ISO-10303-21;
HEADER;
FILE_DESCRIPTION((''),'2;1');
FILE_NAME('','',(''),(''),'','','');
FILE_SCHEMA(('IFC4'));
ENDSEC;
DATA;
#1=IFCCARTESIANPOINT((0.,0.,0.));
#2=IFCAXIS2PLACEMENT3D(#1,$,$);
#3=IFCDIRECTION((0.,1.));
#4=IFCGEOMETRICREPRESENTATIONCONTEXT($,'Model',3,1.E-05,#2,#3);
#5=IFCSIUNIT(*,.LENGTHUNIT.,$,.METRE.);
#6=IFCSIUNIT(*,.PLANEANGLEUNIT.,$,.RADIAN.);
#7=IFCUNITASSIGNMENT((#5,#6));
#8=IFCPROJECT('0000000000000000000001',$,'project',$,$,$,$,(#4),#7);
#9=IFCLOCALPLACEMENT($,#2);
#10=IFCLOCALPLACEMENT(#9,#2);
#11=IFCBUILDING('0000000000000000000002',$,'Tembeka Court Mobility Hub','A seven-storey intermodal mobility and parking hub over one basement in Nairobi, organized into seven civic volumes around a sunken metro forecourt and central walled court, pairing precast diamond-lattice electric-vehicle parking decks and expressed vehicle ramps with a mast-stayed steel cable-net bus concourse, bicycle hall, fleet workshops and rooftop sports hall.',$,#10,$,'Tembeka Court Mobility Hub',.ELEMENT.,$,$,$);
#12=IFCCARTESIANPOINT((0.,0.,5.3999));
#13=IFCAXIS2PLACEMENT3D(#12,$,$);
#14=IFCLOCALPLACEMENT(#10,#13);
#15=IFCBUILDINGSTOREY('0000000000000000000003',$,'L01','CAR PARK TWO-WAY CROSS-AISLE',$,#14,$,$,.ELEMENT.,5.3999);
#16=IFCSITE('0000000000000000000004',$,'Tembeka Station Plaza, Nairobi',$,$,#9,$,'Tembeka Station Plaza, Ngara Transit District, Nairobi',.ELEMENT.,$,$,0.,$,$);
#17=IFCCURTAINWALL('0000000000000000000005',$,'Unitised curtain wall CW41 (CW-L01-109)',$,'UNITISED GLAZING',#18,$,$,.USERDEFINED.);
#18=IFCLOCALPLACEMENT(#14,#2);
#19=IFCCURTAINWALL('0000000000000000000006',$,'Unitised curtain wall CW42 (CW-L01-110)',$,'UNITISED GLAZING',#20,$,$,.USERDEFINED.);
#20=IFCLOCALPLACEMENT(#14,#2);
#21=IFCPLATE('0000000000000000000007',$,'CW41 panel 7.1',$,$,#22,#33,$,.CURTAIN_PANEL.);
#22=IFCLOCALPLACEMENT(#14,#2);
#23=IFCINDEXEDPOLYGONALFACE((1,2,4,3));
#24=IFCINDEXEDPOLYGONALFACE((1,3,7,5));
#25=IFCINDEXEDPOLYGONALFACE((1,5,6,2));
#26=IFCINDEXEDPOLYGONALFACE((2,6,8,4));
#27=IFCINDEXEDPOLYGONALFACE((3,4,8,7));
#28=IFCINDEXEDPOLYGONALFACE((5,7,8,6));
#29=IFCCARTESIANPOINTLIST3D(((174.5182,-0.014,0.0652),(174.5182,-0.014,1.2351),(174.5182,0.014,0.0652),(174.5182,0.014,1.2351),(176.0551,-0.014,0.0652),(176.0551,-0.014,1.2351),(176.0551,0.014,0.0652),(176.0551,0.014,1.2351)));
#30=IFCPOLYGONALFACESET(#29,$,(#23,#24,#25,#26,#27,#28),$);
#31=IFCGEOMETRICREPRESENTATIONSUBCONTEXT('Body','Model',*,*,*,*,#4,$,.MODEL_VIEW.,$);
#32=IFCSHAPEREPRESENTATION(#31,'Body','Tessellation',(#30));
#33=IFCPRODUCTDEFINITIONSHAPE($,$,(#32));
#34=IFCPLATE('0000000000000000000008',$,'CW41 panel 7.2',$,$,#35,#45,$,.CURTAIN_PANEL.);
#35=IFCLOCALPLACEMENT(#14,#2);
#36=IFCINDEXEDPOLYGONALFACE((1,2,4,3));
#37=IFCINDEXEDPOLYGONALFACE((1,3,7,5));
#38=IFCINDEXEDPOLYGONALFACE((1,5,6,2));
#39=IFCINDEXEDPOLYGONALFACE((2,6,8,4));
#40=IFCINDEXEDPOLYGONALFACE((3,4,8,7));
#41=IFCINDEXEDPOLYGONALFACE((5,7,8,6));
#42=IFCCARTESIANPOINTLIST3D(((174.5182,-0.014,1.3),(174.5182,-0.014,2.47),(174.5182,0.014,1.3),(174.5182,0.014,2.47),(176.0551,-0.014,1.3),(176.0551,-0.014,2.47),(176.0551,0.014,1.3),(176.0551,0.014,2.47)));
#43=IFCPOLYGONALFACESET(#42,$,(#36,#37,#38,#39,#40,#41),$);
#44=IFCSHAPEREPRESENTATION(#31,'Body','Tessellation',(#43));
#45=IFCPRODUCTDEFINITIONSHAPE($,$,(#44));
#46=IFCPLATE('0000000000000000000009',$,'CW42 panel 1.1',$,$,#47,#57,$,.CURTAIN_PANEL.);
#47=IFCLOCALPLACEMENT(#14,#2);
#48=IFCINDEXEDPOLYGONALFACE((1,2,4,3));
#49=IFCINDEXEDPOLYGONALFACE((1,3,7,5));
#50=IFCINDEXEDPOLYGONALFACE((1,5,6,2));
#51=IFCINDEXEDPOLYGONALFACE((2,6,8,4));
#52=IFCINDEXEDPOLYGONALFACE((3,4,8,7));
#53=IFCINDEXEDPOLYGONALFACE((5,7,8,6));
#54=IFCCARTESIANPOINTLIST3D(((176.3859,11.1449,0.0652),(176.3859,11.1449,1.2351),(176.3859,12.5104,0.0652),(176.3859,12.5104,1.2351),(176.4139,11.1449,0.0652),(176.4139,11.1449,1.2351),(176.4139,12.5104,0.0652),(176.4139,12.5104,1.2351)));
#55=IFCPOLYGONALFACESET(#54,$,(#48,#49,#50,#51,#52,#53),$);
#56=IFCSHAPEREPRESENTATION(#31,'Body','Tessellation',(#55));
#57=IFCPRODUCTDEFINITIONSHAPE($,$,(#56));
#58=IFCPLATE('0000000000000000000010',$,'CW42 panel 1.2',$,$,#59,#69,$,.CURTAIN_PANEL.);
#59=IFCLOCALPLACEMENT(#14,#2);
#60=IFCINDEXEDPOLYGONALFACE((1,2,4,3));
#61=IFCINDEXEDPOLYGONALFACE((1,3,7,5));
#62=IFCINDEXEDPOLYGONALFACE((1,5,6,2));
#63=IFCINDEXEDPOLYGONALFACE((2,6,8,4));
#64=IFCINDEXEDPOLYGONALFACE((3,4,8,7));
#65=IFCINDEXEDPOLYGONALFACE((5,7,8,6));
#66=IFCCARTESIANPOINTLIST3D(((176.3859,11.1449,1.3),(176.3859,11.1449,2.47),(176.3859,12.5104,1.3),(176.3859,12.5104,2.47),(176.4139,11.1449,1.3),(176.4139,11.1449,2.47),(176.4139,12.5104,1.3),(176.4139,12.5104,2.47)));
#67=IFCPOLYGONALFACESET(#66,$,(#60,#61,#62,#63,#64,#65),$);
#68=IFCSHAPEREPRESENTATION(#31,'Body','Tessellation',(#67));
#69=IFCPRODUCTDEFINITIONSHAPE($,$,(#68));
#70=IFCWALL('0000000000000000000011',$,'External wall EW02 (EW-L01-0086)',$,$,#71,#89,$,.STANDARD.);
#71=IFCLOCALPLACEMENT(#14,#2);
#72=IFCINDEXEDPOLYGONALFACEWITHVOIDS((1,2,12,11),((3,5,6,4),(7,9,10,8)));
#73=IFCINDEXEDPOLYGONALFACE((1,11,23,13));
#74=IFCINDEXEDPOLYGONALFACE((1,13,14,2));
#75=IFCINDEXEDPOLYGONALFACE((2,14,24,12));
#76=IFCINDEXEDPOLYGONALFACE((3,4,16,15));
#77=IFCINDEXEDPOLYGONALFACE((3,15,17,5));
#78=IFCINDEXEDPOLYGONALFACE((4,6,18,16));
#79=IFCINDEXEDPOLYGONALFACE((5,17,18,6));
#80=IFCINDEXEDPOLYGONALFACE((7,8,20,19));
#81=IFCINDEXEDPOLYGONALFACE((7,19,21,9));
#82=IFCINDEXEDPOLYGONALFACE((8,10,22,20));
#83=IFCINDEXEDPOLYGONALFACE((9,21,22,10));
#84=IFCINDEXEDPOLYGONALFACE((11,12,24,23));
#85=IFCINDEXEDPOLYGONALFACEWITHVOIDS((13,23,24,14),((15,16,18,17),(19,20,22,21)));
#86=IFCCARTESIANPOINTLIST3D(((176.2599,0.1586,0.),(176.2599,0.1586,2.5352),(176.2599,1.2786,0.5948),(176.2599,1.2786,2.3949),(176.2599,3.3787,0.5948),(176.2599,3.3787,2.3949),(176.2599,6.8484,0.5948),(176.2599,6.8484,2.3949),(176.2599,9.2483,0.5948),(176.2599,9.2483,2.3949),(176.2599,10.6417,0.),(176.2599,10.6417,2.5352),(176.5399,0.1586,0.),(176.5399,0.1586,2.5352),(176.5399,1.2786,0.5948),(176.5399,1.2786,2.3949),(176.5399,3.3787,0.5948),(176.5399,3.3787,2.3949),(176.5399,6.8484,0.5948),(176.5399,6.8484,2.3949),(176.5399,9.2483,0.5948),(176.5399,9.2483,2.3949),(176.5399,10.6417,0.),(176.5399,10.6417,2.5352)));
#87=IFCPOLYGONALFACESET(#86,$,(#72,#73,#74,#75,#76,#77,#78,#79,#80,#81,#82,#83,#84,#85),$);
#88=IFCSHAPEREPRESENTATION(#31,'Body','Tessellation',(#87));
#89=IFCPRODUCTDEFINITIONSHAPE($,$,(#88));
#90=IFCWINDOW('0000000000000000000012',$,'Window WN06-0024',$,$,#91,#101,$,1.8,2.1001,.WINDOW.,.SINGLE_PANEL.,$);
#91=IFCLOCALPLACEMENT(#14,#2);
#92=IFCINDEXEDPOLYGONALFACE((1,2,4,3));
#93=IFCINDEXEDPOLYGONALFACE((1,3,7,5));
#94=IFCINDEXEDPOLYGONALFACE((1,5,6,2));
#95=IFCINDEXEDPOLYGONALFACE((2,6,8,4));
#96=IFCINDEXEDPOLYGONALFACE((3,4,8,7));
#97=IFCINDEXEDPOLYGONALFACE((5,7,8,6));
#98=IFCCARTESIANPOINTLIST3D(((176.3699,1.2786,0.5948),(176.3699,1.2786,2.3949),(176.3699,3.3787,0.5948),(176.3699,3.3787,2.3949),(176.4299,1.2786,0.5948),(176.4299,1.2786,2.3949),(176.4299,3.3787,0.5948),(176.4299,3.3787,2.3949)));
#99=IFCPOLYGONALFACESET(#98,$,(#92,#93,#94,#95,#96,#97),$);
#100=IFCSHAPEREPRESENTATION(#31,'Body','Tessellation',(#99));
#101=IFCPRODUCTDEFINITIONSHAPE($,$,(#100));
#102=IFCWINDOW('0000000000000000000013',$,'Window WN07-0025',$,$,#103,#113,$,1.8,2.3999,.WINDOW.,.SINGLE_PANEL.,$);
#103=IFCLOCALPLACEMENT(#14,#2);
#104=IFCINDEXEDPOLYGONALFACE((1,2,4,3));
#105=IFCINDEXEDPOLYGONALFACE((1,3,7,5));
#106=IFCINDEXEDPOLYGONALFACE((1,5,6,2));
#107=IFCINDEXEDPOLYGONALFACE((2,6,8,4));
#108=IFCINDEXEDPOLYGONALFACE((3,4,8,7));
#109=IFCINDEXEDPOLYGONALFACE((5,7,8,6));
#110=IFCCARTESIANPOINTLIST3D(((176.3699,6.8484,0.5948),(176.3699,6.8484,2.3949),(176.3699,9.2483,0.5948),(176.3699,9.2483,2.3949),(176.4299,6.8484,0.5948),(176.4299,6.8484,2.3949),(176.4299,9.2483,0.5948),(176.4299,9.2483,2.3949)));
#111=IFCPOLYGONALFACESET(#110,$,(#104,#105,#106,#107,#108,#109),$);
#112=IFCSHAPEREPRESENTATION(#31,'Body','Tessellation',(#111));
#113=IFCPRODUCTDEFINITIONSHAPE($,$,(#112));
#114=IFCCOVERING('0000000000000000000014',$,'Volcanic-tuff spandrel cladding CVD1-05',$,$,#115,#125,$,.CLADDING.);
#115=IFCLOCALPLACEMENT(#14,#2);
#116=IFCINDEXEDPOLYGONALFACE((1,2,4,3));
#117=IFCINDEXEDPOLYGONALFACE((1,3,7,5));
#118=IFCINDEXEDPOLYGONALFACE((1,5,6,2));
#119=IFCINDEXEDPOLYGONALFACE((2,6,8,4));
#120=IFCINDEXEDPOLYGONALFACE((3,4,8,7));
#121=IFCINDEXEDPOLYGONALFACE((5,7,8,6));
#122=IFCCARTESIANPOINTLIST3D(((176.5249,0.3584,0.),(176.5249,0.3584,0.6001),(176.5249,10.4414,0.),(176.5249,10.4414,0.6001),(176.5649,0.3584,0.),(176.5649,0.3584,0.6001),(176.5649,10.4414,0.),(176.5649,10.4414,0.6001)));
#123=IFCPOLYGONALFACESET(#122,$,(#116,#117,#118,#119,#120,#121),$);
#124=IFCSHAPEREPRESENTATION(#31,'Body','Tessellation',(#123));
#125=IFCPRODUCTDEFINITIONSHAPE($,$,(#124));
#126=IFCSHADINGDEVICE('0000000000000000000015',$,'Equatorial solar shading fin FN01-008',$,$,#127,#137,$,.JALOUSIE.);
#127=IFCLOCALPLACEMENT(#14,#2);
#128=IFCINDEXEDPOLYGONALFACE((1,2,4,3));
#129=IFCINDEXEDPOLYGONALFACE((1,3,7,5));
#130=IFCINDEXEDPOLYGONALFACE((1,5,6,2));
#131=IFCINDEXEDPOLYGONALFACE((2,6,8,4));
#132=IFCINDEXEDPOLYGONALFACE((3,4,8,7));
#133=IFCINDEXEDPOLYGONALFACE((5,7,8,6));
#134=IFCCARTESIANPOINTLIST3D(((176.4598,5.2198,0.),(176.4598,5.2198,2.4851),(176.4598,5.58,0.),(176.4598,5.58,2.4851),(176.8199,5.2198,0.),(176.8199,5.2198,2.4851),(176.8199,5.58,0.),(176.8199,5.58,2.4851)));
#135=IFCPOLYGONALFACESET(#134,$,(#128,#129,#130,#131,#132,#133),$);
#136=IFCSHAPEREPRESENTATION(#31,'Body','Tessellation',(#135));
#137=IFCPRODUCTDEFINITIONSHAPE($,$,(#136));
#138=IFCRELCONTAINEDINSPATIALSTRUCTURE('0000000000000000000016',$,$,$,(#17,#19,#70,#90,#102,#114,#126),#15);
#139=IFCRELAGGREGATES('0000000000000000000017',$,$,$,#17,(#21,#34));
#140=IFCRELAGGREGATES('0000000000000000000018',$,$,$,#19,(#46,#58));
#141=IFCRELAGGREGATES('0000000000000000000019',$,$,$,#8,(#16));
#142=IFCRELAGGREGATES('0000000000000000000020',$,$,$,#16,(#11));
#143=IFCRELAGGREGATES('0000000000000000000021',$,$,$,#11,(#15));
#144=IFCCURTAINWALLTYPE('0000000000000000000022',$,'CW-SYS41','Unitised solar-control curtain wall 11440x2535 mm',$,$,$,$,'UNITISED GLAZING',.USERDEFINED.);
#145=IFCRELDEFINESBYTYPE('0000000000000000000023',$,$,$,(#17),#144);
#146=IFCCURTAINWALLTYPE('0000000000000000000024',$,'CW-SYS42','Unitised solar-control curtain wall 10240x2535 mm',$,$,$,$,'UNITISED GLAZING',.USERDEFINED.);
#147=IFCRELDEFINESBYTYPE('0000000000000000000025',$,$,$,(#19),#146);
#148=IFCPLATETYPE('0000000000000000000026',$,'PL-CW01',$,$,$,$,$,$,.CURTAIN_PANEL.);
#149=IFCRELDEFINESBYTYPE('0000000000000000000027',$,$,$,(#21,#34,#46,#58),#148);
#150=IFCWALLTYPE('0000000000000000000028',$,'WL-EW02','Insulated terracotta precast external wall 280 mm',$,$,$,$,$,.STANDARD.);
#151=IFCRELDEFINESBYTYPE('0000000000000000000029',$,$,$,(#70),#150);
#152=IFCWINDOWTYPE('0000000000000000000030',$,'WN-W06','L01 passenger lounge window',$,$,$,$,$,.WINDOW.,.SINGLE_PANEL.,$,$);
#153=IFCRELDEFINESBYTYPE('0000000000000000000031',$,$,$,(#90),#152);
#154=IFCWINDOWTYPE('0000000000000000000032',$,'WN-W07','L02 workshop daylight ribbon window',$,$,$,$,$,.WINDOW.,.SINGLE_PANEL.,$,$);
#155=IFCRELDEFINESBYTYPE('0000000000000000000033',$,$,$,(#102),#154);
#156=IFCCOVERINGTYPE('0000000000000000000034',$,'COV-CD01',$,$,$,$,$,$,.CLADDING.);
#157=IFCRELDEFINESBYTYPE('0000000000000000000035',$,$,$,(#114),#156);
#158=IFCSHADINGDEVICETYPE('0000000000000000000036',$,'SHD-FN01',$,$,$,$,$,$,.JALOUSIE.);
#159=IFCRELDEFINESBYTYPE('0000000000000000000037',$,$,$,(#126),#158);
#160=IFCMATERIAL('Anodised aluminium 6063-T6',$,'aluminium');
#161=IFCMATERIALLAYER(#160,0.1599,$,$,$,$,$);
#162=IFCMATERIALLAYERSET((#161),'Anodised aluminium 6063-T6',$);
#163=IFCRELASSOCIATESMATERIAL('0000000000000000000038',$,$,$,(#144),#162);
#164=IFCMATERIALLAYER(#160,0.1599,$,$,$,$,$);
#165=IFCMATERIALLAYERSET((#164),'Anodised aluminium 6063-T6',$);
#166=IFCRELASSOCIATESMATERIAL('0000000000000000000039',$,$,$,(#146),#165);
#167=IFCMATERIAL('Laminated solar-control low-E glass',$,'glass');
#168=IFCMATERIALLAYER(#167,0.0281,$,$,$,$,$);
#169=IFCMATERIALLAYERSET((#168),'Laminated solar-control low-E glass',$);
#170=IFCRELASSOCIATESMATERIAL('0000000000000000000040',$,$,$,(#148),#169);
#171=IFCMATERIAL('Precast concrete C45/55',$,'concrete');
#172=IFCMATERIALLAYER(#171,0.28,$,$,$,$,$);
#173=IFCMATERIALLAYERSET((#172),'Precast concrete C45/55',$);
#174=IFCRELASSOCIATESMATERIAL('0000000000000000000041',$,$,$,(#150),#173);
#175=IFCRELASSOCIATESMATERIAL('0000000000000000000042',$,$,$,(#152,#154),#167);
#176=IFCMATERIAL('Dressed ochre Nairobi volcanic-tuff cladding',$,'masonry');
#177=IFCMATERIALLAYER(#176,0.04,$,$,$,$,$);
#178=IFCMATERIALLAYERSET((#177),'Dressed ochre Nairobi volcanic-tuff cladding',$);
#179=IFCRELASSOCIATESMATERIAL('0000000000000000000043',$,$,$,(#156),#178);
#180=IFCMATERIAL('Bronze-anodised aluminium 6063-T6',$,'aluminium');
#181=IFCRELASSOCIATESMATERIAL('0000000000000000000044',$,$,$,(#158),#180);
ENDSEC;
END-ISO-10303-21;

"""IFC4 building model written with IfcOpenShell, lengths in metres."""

from ifc_helpers import new_model, si_unit, direction, frame, frame_2d, origin, origin_2d, place, context, subcontext, project, spatial, rectangle, extrude, material, layer, layer_set, material_profile, profile_set, type_object, element, fill, aggregate, save


model = new_model("IFC4")

# Units and contexts
model_context = context("Model", 3, precision=1e-05, world=origin(), true_north=direction((0.0, 1.0)))
body_context = subcontext(model_context, "Body", "Model", "MODEL_VIEW")
ifc_project = project(units=[si_unit("LENGTHUNIT", "METRE"), si_unit("PLANEANGLEUNIT", "RADIAN")], contexts=[model_context])

# Site, building, storey
site_placement = place(None, origin())
site = spatial("IfcSite", under=ifc_project, at=site_placement, Name="Tembeka Station Plaza, Nairobi", LongName="Tembeka Station Plaza, Ngara Transit District, Nairobi", CompositionType="ELEMENT", RefElevation=0.0)
building_placement = place(site_placement, origin())
building = spatial("IfcBuilding", under=site, at=building_placement, Name="Tembeka Court Mobility Hub", Description="A seven-storey intermodal mobility and parking hub over one basement in Nairobi, organized into seven civic volumes around a sunken metro forecourt and central walled court, pairing precast diamond-lattice electric-vehicle parking decks and expressed vehicle ramps with a mast-stayed steel cable-net bus concourse, bicycle hall, fleet workshops and rooftop sports hall.", LongName="Tembeka Court Mobility Hub", CompositionType="ELEMENT")
storey_placement = place(building_placement, frame((0.0, 0.0, 5.3999)))
storey = spatial("IfcBuildingStorey", under=building, at=storey_placement, Name="L01", Description="CAR PARK TWO-WAY CROSS-AISLE", CompositionType="ELEMENT", Elevation=5.3999)

# Curtain wall
ifc_material_1 = material(Name="Anodised aluminium 6063-T6", Category="aluminium")
ifc_layer_1 = layer(ifc_material_1, 0.1599)
ifc_layer_set_1 = layer_set([ifc_layer_1], Name="Anodised aluminium 6063-T6")
curtain_wall_type_1 = type_object("IfcCurtainWallType", Name="CW-SYS41", Description="Unitised solar-control curtain wall 11440x2535 mm", ElementType="UNITISED GLAZING", PredefinedType="USERDEFINED", material=ifc_layer_set_1)
curtain_wall_1_placement = place(storey_placement, origin())
curtain_wall_1 = element("IfcCurtainWall", 1, at=curtain_wall_1_placement, inside=storey, type_object=curtain_wall_type_1, Name="Unitised curtain wall CW41 (CW-L01-109)", ObjectType="UNITISED GLAZING", PredefinedType="USERDEFINED")

# Curtain wall
ifc_layer_2 = layer(ifc_material_1, 0.1599)
ifc_layer_set_2 = layer_set([ifc_layer_2], Name="Anodised aluminium 6063-T6")
curtain_wall_type_2 = type_object("IfcCurtainWallType", Name="CW-SYS42", Description="Unitised solar-control curtain wall 10240x2535 mm", ElementType="UNITISED GLAZING", PredefinedType="USERDEFINED", material=ifc_layer_set_2)
curtain_wall_2_placement = place(storey_placement, origin())
curtain_wall_2 = element("IfcCurtainWall", 2, at=curtain_wall_2_placement, inside=storey, type_object=curtain_wall_type_2, Name="Unitised curtain wall CW42 (CW-L01-110)", ObjectType="UNITISED GLAZING", PredefinedType="USERDEFINED")

# Plates
ifc_material_2 = material(Name="Laminated solar-control low-E glass", Category="glass")
ifc_layer_3 = layer(ifc_material_2, 0.0281)
ifc_layer_set_3 = layer_set([ifc_layer_3], Name="Laminated solar-control low-E glass")
plate_type = type_object("IfcPlateType", Name="PL-CW01", PredefinedType="CURTAIN_PANEL", material=ifc_layer_set_3)
plate_1_placement = place(storey_placement, frame((175.2866, 0.0, 0.0652), z_axis=(0.0, 0.0, 1.0), x_axis=(1.0, 0.0, 0.0)))
plate_1 = element("IfcPlate", 3, at=plate_1_placement, type_object=plate_type, Name="CW41 panel 7.1", PredefinedType="CURTAIN_PANEL", context=body_context, shape_type="SweptSolid", body=[
    extrude(rectangle(XDim=1.5369, YDim=0.0281, at=origin_2d()), origin(), (0.0, 0.0, 1.0), 1.1699),
])
plate_2_placement = place(storey_placement, frame((175.2866, 0.0, 1.3), z_axis=(0.0, 0.0, 1.0), x_axis=(1.0, 0.0, 0.0)))
plate_2 = element("IfcPlate", 4, at=plate_2_placement, type_object=plate_type, Name="CW41 panel 7.2", PredefinedType="CURTAIN_PANEL", context=body_context, shape_type="SweptSolid", body=[
    extrude(rectangle(XDim=1.5369, YDim=0.0281, at=origin_2d()), origin(), (0.0, 0.0, 1.0), 1.1699),
])
aggregate(curtain_wall_1, [plate_1, plate_2])
plate_3_placement = place(storey_placement, frame((176.3999, 11.8276, 0.0652), z_axis=(0.0, 0.0, 1.0), x_axis=(0.0, 1.0, 0.0)))
plate_3 = element("IfcPlate", 5, at=plate_3_placement, type_object=plate_type, Name="CW42 panel 1.1", PredefinedType="CURTAIN_PANEL", context=body_context, shape_type="SweptSolid", body=[
    extrude(rectangle(XDim=1.3655, YDim=0.0281, at=origin_2d()), origin(), (0.0, 0.0, 1.0), 1.1699),
])
plate_4_placement = place(storey_placement, frame((176.3999, 11.8276, 1.3), z_axis=(0.0, 0.0, 1.0), x_axis=(0.0, 1.0, 0.0)))
plate_4 = element("IfcPlate", 6, at=plate_4_placement, type_object=plate_type, Name="CW42 panel 1.2", PredefinedType="CURTAIN_PANEL", context=body_context, shape_type="SweptSolid", body=[
    extrude(rectangle(XDim=1.3655, YDim=0.0281, at=origin_2d()), origin(), (0.0, 0.0, 1.0), 1.1699),
])
aggregate(curtain_wall_2, [plate_3, plate_4])

# Wall, openings, windows
ifc_material_3 = material(Name="Precast concrete C45/55", Category="concrete")
ifc_layer_4 = layer(ifc_material_3, 0.28)
ifc_layer_set_4 = layer_set([ifc_layer_4], Name="Precast concrete C45/55")
wall_type = type_object("IfcWallType", Name="WL-EW02", Description="Insulated terracotta precast external wall 280 mm", PredefinedType="STANDARD", material=ifc_layer_set_4)
wall_placement = place(storey_placement, frame((176.3999, 0.1584, 0.0), z_axis=(0.0, 0.0, 1.0), x_axis=(0.0, 1.0, 0.0)))
wall = element("IfcWall", 7, at=wall_placement, inside=storey, type_object=wall_type, Name="External wall EW02 (EW-L01-0086)", PredefinedType="STANDARD", context=body_context, shape_type="SweptSolid", body=[
    extrude(rectangle(XDim=10.4832, YDim=0.28, at=frame_2d((5.2417, 0.0))), origin(), (0.0, 0.0, 1.0), 2.5352),
])
opening_1_placement = place(wall_placement, frame((1.1201, 0.0, 0.595)))
opening_1 = element("IfcOpeningElement", 8, at=opening_1_placement, cuts=wall, PredefinedType="OPENING", context=body_context, shape_type="SweptSolid", body=[
    extrude(rectangle(XDim=2.1001, YDim=1.8, at=frame_2d((1.05, 0.8999))), frame((0.0, 0.1499, 0.0), z_axis=(0.0, -1.0, 0.0), x_axis=(1.0, 0.0, 0.0)), (0.0, 0.0, 1.0), 0.3),
])
opening_2_placement = place(wall_placement, frame((6.6899, 0.0, 0.595)))
opening_2 = element("IfcOpeningElement", 9, at=opening_2_placement, cuts=wall, PredefinedType="OPENING", context=body_context, shape_type="SweptSolid", body=[
    extrude(rectangle(XDim=2.3999, YDim=1.8, at=frame_2d((1.2, 0.8999))), frame((0.0, 0.1499, 0.0), z_axis=(0.0, -1.0, 0.0), x_axis=(1.0, 0.0, 0.0)), (0.0, 0.0, 1.0), 0.3),
])
window_type_1 = type_object("IfcWindowType", Name="WN-W06", Description="L01 passenger lounge window", PartitioningType="SINGLE_PANEL", PredefinedType="WINDOW", material=ifc_material_2)
window_1_placement = place(opening_1_placement, origin())
window_1 = element("IfcWindow", 10, at=window_1_placement, inside=storey, type_object=window_type_1, Name="Window WN06-0024", OverallHeight=1.8, OverallWidth=2.1001, PartitioningType="SINGLE_PANEL", PredefinedType="WINDOW", context=body_context, shape_type="SweptSolid", body=[
    extrude(rectangle(XDim=2.1001, YDim=1.8, at=frame_2d((1.05, 0.8999))), frame((0.0, 0.03, 0.0), z_axis=(0.0, -1.0, 0.0), x_axis=(1.0, 0.0, 0.0)), (0.0, 0.0, 1.0), 0.0601),
])
fill(opening_1, window_1)
window_type_2 = type_object("IfcWindowType", Name="WN-W07", Description="L02 workshop daylight ribbon window", PartitioningType="SINGLE_PANEL", PredefinedType="WINDOW", material=ifc_material_2)
window_2_placement = place(opening_2_placement, origin())
window_2 = element("IfcWindow", 11, at=window_2_placement, inside=storey, type_object=window_type_2, Name="Window WN07-0025", OverallHeight=1.8, OverallWidth=2.3999, PartitioningType="SINGLE_PANEL", PredefinedType="WINDOW", context=body_context, shape_type="SweptSolid", body=[
    extrude(rectangle(XDim=2.3999, YDim=1.8, at=frame_2d((1.2, 0.8999))), frame((0.0, 0.03, 0.0), z_axis=(0.0, -1.0, 0.0), x_axis=(1.0, 0.0, 0.0)), (0.0, 0.0, 1.0), 0.0601),
])
fill(opening_2, window_2)

# Covering
ifc_material_4 = material(Name="Dressed ochre Nairobi volcanic-tuff cladding", Category="masonry")
ifc_layer_5 = layer(ifc_material_4, 0.04)
ifc_layer_set_5 = layer_set([ifc_layer_5], Name="Dressed ochre Nairobi volcanic-tuff cladding")
covering_type = type_object("IfcCoveringType", Name="COV-CD01", PredefinedType="CLADDING", material=ifc_layer_set_5)
covering_placement = place(storey_placement, frame((176.5449, 5.3999, 0.0), z_axis=(0.0, 0.0, 1.0), x_axis=(0.0, 1.0, 0.0)))
element("IfcCovering", 12, at=covering_placement, inside=storey, type_object=covering_type, Name="Volcanic-tuff spandrel cladding CVD1-05", PredefinedType="CLADDING", context=body_context, shape_type="SweptSolid", body=[
    extrude(rectangle(XDim=10.083, YDim=0.04, at=origin_2d()), origin(), (0.0, 0.0, 1.0), 0.6001),
])

# Shading device
ifc_material_5 = material(Name="Bronze-anodised aluminium 6063-T6", Category="aluminium")
ifc_material_profile_1 = material_profile(ifc_material_5, rectangle(XDim=0.3601, YDim=0.3601, at=origin_2d()), Name="ALU-FIN 360x360")
ifc_profile_set_1 = profile_set([ifc_material_profile_1], Name="Bronze-anodised aluminium 6063-T6")
shading_device_type = type_object("IfcShadingDeviceType", Name="SHD-FN01", PredefinedType="JALOUSIE", material=ifc_profile_set_1)
shading_device_placement = place(storey_placement, frame((176.6399, 5.3999, 0.0), z_axis=(0.0, 0.0, 1.0), x_axis=(1.0, 0.0, 0.0)))
element("IfcShadingDevice", 13, at=shading_device_placement, inside=storey, type_object=shading_device_type, Name="Equatorial solar shading fin FN01-008", PredefinedType="JALOUSIE", context=body_context, shape_type="SweptSolid", body=[
    extrude(rectangle(XDim=0.3601, YDim=0.3601, at=origin_2d()), origin(), (0.0, 0.0, 1.0), 2.4851),
])

save(model, "model.ifc")
